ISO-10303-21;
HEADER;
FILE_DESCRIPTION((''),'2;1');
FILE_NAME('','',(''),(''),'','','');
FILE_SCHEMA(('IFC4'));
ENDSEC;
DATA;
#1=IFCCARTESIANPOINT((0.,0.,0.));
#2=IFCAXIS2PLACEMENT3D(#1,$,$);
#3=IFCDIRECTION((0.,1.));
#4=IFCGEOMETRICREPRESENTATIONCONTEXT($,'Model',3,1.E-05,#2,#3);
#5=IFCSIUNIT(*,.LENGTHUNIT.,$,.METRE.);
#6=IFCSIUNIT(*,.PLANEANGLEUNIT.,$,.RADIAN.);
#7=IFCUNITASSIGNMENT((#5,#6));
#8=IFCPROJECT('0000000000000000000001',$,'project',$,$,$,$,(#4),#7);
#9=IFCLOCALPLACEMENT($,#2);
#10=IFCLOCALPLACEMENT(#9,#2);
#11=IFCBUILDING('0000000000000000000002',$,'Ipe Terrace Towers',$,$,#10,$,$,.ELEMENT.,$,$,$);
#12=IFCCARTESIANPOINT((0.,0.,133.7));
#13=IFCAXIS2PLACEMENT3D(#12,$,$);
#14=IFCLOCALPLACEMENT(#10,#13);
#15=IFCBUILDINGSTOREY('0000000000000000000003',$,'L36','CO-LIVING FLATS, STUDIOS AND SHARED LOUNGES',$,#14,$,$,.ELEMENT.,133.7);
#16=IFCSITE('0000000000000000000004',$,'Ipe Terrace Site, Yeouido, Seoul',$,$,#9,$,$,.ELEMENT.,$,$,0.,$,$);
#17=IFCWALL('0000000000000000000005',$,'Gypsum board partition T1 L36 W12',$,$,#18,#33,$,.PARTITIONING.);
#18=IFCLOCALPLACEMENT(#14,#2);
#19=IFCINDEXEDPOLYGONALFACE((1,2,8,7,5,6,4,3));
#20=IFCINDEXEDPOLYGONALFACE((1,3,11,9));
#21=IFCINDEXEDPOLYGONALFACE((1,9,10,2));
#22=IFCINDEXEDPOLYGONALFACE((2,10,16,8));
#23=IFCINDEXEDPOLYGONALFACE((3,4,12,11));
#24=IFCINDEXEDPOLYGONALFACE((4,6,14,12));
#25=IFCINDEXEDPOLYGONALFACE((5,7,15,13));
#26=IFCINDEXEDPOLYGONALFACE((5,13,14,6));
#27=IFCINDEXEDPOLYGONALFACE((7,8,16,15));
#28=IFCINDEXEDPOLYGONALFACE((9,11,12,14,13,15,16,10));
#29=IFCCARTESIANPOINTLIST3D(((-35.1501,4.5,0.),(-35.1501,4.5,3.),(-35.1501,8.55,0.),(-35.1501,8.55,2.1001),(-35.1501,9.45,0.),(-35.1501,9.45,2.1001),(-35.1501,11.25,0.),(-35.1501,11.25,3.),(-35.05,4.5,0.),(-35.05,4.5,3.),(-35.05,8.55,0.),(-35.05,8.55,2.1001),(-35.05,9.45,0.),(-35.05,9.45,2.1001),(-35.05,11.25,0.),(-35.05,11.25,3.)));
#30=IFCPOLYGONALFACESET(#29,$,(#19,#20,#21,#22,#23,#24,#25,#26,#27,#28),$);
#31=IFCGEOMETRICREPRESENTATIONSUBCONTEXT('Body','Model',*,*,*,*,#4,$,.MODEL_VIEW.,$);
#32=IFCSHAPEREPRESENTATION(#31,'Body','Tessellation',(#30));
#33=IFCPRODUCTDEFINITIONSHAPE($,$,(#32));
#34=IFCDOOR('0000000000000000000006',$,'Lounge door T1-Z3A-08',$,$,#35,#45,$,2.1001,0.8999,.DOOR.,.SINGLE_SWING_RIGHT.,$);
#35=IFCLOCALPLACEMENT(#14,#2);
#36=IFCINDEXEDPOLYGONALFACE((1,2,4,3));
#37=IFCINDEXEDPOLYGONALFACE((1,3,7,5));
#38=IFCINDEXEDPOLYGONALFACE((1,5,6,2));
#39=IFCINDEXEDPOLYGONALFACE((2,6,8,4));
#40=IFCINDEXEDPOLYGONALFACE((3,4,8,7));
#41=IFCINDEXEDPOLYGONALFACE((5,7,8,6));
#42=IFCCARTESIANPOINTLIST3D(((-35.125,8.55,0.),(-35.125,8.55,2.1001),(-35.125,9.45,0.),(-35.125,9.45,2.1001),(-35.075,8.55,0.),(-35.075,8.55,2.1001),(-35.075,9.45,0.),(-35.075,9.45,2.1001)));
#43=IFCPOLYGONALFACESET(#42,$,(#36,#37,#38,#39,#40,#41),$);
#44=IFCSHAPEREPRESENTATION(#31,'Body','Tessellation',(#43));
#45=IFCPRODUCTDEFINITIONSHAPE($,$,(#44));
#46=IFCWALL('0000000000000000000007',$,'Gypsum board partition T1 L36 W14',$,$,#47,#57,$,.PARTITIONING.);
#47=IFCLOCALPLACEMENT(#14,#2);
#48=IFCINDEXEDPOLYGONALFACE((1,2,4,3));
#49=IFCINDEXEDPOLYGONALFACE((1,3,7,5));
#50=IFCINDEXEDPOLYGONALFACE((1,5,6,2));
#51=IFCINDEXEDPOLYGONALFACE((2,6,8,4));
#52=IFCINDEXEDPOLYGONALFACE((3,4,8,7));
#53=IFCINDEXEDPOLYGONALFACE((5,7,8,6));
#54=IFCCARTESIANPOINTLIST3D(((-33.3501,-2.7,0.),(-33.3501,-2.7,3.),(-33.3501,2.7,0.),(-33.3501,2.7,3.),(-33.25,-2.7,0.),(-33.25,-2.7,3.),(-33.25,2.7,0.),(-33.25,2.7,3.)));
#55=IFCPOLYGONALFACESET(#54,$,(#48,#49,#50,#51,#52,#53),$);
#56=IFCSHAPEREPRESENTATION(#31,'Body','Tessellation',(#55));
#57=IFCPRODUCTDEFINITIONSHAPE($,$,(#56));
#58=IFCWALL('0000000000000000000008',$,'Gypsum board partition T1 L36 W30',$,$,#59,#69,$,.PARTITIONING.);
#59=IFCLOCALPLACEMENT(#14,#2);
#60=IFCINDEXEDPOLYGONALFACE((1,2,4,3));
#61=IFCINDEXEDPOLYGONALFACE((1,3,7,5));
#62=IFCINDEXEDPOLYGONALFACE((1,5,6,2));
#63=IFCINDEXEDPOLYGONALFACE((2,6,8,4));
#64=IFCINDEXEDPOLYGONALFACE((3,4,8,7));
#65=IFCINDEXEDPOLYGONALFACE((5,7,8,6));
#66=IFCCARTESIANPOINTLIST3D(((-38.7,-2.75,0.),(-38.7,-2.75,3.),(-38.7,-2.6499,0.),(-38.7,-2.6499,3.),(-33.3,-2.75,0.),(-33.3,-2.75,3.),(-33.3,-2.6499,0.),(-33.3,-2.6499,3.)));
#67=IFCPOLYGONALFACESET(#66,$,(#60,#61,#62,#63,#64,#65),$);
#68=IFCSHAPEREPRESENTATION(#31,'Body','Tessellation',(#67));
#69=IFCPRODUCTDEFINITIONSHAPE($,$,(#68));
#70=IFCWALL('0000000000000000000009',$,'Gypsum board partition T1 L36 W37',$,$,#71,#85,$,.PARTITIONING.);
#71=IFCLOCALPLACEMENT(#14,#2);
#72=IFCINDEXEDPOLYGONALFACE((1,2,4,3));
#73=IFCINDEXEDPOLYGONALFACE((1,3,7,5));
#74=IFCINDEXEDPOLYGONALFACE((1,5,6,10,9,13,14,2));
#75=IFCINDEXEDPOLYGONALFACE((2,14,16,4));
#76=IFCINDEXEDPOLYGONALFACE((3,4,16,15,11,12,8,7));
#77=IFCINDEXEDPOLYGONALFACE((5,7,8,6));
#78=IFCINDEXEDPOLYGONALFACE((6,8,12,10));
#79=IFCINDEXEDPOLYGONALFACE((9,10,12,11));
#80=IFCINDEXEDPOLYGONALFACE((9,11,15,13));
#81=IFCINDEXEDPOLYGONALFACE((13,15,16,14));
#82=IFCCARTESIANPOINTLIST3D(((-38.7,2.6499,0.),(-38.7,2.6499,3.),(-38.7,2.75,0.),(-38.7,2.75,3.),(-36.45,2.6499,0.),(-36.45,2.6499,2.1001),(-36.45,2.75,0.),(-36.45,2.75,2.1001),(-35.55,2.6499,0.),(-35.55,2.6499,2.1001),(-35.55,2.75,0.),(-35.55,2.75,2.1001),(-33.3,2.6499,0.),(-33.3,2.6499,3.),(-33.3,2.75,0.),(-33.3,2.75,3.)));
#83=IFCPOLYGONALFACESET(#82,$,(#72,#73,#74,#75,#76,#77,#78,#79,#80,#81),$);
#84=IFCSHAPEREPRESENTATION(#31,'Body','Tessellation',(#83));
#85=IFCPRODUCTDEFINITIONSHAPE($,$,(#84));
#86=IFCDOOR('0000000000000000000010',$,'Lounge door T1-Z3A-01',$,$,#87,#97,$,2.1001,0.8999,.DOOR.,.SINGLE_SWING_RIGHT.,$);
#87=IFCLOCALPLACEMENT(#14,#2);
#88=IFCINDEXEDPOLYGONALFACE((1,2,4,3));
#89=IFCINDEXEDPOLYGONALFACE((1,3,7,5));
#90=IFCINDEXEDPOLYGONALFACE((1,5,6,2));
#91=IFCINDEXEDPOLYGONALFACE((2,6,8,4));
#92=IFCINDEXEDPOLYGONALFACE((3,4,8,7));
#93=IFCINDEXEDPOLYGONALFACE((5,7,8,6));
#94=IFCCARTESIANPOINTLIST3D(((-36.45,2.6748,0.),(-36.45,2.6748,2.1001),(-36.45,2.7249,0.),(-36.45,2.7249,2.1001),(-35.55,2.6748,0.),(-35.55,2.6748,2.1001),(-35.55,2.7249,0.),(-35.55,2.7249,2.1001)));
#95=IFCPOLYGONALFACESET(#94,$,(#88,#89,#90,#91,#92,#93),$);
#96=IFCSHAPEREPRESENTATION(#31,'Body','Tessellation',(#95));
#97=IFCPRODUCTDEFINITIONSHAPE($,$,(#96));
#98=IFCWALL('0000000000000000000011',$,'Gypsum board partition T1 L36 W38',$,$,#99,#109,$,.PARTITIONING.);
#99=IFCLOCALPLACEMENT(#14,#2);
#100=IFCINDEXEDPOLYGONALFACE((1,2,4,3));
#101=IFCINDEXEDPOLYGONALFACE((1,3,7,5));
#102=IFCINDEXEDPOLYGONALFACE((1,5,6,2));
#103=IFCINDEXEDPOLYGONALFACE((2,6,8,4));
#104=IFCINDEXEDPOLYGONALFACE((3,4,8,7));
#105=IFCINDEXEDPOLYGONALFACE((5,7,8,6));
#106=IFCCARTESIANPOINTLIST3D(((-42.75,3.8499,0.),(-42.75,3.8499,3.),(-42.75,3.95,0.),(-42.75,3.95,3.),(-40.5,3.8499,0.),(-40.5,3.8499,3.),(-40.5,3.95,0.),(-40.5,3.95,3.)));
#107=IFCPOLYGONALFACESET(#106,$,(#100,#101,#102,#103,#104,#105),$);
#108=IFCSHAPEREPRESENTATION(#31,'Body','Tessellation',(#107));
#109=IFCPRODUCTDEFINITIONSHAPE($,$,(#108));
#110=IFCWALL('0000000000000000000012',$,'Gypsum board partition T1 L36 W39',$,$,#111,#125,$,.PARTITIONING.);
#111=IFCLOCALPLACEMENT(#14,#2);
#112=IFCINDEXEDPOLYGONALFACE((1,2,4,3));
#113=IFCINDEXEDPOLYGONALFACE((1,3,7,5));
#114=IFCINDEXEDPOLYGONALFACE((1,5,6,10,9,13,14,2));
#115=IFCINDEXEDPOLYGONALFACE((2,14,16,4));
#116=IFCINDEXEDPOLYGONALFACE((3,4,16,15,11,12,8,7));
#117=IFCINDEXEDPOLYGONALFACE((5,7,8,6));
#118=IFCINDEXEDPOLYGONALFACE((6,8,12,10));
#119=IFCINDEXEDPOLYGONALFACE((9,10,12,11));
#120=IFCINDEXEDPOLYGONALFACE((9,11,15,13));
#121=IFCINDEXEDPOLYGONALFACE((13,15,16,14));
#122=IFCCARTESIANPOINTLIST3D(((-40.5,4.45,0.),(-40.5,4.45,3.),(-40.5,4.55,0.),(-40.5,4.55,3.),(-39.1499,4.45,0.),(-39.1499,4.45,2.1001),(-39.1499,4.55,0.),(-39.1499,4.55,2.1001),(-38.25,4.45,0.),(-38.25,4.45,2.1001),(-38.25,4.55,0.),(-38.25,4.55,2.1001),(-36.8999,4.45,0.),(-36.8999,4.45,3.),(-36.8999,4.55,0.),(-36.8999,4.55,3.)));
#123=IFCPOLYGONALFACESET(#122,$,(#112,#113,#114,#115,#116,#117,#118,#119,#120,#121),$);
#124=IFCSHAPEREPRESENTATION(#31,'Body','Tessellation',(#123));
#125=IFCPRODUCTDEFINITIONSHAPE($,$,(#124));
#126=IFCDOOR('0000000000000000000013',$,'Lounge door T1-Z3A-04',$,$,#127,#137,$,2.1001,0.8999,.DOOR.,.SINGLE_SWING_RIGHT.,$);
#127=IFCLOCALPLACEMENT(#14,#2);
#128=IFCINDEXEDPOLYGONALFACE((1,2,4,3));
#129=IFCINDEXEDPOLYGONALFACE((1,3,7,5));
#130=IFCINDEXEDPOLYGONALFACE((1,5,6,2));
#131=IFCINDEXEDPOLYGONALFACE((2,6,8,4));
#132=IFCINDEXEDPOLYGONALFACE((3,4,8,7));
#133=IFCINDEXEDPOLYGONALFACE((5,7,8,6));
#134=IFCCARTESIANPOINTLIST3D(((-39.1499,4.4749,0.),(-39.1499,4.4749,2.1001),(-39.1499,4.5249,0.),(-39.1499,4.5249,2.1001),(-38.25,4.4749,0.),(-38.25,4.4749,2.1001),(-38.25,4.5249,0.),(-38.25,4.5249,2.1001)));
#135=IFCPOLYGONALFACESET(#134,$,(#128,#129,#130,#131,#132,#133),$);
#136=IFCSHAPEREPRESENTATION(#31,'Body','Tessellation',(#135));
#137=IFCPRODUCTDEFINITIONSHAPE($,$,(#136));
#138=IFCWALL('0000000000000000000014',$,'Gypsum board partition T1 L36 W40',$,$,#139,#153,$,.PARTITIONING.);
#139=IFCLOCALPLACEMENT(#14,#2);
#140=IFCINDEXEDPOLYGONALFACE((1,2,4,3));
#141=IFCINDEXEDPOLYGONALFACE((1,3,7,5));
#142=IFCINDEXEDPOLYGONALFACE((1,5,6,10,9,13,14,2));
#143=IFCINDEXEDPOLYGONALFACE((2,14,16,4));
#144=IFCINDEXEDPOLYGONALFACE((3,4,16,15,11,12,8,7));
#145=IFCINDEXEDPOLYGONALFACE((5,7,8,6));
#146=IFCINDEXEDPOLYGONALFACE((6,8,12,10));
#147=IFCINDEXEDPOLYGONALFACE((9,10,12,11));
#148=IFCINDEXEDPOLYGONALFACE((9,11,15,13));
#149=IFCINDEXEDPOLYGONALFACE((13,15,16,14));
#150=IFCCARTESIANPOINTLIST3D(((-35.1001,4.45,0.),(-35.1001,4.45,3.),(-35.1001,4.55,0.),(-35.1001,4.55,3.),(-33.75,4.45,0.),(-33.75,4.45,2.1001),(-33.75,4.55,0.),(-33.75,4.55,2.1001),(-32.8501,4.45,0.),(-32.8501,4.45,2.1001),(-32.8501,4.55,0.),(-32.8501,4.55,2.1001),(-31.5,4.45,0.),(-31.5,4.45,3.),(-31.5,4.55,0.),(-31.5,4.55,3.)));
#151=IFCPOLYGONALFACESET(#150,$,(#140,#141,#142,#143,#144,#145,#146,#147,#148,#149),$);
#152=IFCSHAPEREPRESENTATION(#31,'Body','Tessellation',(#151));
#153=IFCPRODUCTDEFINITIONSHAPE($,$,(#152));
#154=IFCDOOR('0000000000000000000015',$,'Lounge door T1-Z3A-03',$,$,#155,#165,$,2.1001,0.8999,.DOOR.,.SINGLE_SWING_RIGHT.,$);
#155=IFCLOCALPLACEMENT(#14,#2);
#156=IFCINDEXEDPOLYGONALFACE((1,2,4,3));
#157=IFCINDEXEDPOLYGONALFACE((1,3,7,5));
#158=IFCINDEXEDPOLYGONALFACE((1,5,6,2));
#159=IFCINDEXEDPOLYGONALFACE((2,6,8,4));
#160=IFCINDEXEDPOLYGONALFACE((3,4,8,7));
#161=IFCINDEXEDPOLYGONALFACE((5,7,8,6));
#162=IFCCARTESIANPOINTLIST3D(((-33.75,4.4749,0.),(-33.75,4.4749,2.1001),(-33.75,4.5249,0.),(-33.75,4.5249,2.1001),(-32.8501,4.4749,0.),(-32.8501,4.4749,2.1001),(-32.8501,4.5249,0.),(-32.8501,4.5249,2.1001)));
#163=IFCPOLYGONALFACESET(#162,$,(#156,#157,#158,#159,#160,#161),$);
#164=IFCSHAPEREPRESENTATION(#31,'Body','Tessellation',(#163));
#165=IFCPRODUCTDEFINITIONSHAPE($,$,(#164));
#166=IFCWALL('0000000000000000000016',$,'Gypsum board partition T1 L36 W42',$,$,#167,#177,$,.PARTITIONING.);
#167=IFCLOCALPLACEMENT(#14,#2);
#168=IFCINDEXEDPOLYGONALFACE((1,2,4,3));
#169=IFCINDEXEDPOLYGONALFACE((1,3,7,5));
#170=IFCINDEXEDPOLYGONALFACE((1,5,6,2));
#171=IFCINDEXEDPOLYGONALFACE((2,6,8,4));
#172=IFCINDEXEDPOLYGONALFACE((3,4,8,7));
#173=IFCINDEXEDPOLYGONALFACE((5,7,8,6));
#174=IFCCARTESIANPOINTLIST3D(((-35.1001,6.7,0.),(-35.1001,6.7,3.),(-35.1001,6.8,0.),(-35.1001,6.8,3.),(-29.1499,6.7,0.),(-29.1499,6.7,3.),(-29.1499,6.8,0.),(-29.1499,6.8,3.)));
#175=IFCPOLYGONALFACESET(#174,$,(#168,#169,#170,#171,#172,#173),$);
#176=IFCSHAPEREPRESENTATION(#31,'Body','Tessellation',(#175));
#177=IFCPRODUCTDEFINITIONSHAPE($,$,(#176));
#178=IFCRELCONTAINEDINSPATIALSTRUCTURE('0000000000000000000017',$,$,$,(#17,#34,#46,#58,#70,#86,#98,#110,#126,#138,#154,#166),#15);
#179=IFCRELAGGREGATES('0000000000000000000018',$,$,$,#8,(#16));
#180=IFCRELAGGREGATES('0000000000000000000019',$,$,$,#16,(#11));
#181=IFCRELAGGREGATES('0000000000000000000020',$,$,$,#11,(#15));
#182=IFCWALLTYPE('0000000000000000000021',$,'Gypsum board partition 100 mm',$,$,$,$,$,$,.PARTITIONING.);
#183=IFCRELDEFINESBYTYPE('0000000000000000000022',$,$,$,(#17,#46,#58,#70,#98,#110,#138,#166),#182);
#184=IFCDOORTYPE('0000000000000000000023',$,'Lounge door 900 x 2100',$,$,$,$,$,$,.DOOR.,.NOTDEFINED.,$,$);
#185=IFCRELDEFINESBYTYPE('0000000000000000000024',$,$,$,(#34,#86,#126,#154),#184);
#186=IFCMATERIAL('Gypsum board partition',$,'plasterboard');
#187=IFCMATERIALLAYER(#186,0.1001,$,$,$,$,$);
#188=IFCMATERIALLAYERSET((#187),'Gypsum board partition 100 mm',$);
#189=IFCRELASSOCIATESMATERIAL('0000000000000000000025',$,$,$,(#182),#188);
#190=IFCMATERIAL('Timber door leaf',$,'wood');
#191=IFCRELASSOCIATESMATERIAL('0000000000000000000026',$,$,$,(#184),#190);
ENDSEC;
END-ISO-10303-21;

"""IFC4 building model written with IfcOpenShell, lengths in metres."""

from ifc_helpers import new_model, si_unit, direction, frame, frame_2d, origin, place, context, subcontext, project, spatial, rectangle, extrude, material, layer, layer_set, type_object, element, fill, save


model = new_model("IFC4")

# Units and contexts
model_context = context("Model", 3, precision=1e-05, world=origin(), true_north=direction((0.0, 1.0)))
body_context = subcontext(model_context, "Body", "Model", "MODEL_VIEW")
ifc_project = project(units=[si_unit("LENGTHUNIT", "METRE"), si_unit("PLANEANGLEUNIT", "RADIAN")], contexts=[model_context])

# Site, building, storey
site_placement = place(None, origin())
site = spatial("IfcSite", under=ifc_project, at=site_placement, Name="Ipe Terrace Site, Yeouido, Seoul", CompositionType="ELEMENT", RefElevation=0.0)
building_placement = place(site_placement, origin())
building = spatial("IfcBuilding", under=site, at=building_placement, Name="Ipe Terrace Towers", CompositionType="ELEMENT")
storey_placement = place(building_placement, frame((0.0, 0.0, 133.7)))
storey = spatial("IfcBuildingStorey", under=building, at=storey_placement, Name="L36", Description="CO-LIVING FLATS, STUDIOS AND SHARED LOUNGES", CompositionType="ELEMENT", Elevation=133.7)

# Shared definitions
ifc_material_1 = material(Name="Gypsum board partition", Category="plasterboard")
ifc_layer_1 = layer(ifc_material_1, 0.1001)
ifc_layer_set_1 = layer_set([ifc_layer_1], Name="Gypsum board partition 100 mm")
wall_type_1 = type_object("IfcWallType", Name="Gypsum board partition 100 mm", PredefinedType="PARTITIONING", material=ifc_layer_set_1)

# Wall, opening, door
ifc_material_2 = material(Name="Timber door leaf", Category="wood")
door_type = type_object("IfcDoorType", Name="Lounge door 900 x 2100", OperationType="NOTDEFINED", PredefinedType="DOOR", material=ifc_material_2)
wall_1_placement = place(storey_placement, frame((-35.1001, 4.5, 0.0), z_axis=(0.0, 0.0, 1.0), x_axis=(0.0, 1.0, 0.0)))
wall_1 = element("IfcWall", 1, at=wall_1_placement, inside=storey, type_object=wall_type_1, Name="Gypsum board partition T1 L36 W12", PredefinedType="PARTITIONING", context=body_context, shape_type="SweptSolid", body=[
    extrude(rectangle(XDim=6.75, YDim=0.1001, at=frame_2d((3.375, 0.0))), origin(), (0.0, 0.0, 1.0), 3.0),
])
opening_1_placement = place(wall_1_placement, frame((4.05, 0.0, 0.0)))
opening_1 = element("IfcOpeningElement", 2, at=opening_1_placement, cuts=wall_1, PredefinedType="OPENING", context=body_context, shape_type="SweptSolid", body=[
    extrude(rectangle(XDim=0.8999, YDim=2.1001, at=frame_2d((0.45, 1.05))), frame((0.0, 0.0601, 0.0), z_axis=(0.0, -1.0, 0.0), x_axis=(1.0, 0.0, 0.0)), (0.0, 0.0, 1.0), 0.1201),
])
door_1_placement = place(opening_1_placement, origin())
door_1 = element("IfcDoor", 3, at=door_1_placement, inside=storey, type_object=door_type, Name="Lounge door T1-Z3A-08", OperationType="SINGLE_SWING_RIGHT", OverallHeight=2.1001, OverallWidth=0.8999, PredefinedType="DOOR", context=body_context, shape_type="SweptSolid", body=[
    extrude(rectangle(XDim=0.8999, YDim=2.1001, at=frame_2d((0.45, 1.05))), frame((0.0, 0.0249, 0.0), z_axis=(0.0, -1.0, 0.0), x_axis=(1.0, 0.0, 0.0)), (0.0, 0.0, 1.0), 0.05),
])
fill(opening_1, door_1)

# Walls
for number, where, z_axis, x_axis, name in (
    (4, (-33.3, -2.7, 0.0), (0.0, 0.0, 1.0), (0.0, 1.0, 0.0), "Gypsum board partition T1 L36 W14"),
    (5, (-38.7, -2.7, 0.0), (0.0, 0.0, 1.0), (1.0, 0.0, 0.0), "Gypsum board partition T1 L36 W30"),
):
    element("IfcWall", number, at=place(storey_placement, frame(where, z_axis=z_axis, x_axis=x_axis)), inside=storey, type_object=wall_type_1, Name=name, PredefinedType="PARTITIONING", context=body_context, shape_type="SweptSolid", body=[
        extrude(rectangle(XDim=5.3999, YDim=0.1001, at=frame_2d((2.7, 0.0))), origin(), (0.0, 0.0, 1.0), 3.0),
    ])

# Wall, opening, door
wall_2_placement = place(storey_placement, frame((-38.7, 2.7, 0.0), z_axis=(0.0, 0.0, 1.0), x_axis=(1.0, 0.0, 0.0)))
wall_2 = element("IfcWall", 6, at=wall_2_placement, inside=storey, type_object=wall_type_1, Name="Gypsum board partition T1 L36 W37", PredefinedType="PARTITIONING", context=body_context, shape_type="SweptSolid", body=[
    extrude(rectangle(XDim=5.3999, YDim=0.1001, at=frame_2d((2.7, 0.0))), origin(), (0.0, 0.0, 1.0), 3.0),
])
opening_2_placement = place(wall_2_placement, frame((2.25, 0.0, 0.0)))
opening_2 = element("IfcOpeningElement", 7, at=opening_2_placement, cuts=wall_2, PredefinedType="OPENING", context=body_context, shape_type="SweptSolid", body=[
    extrude(rectangle(XDim=0.8999, YDim=2.1001, at=frame_2d((0.45, 1.05))), frame((0.0, 0.0601, 0.0), z_axis=(0.0, -1.0, 0.0), x_axis=(1.0, 0.0, 0.0)), (0.0, 0.0, 1.0), 0.1201),
])
door_2_placement = place(opening_2_placement, origin())
door_2 = element("IfcDoor", 8, at=door_2_placement, inside=storey, type_object=door_type, Name="Lounge door T1-Z3A-01", OperationType="SINGLE_SWING_RIGHT", OverallHeight=2.1001, OverallWidth=0.8999, PredefinedType="DOOR", context=body_context, shape_type="SweptSolid", body=[
    extrude(rectangle(XDim=0.8999, YDim=2.1001, at=frame_2d((0.45, 1.05))), frame((0.0, 0.0249, 0.0), z_axis=(0.0, -1.0, 0.0), x_axis=(1.0, 0.0, 0.0)), (0.0, 0.0, 1.0), 0.05),
])
fill(opening_2, door_2)

# Wall
wall_3_placement = place(storey_placement, frame((-42.75, 3.8999, 0.0), z_axis=(0.0, 0.0, 1.0), x_axis=(1.0, 0.0, 0.0)))
element("IfcWall", 9, at=wall_3_placement, inside=storey, type_object=wall_type_1, Name="Gypsum board partition T1 L36 W38", PredefinedType="PARTITIONING", context=body_context, shape_type="SweptSolid", body=[
    extrude(rectangle(XDim=2.25, YDim=0.1001, at=frame_2d((1.125, 0.0))), origin(), (0.0, 0.0, 1.0), 3.0),
])

# Walls, openings, doors
wall_4_placement = place(storey_placement, frame((-40.5, 4.5, 0.0), z_axis=(0.0, 0.0, 1.0), x_axis=(1.0, 0.0, 0.0)))
wall_4 = element("IfcWall", 10, at=wall_4_placement, inside=storey, type_object=wall_type_1, Name="Gypsum board partition T1 L36 W39", PredefinedType="PARTITIONING", context=body_context, shape_type="SweptSolid", body=[
    extrude(rectangle(XDim=3.6001, YDim=0.1001, at=frame_2d((1.8, 0.0))), origin(), (0.0, 0.0, 1.0), 3.0),
])
opening_3_placement = place(wall_4_placement, frame((1.3501, 0.0, 0.0)))
opening_3 = element("IfcOpeningElement", 11, at=opening_3_placement, cuts=wall_4, PredefinedType="OPENING", context=body_context, shape_type="SweptSolid", body=[
    extrude(rectangle(XDim=0.8999, YDim=2.1001, at=frame_2d((0.45, 1.05))), frame((0.0, 0.0601, 0.0), z_axis=(0.0, -1.0, 0.0), x_axis=(1.0, 0.0, 0.0)), (0.0, 0.0, 1.0), 0.1201),
])
door_3_placement = place(opening_3_placement, origin())
door_3 = element("IfcDoor", 12, at=door_3_placement, inside=storey, type_object=door_type, Name="Lounge door T1-Z3A-04", OperationType="SINGLE_SWING_RIGHT", OverallHeight=2.1001, OverallWidth=0.8999, PredefinedType="DOOR", context=body_context, shape_type="SweptSolid", body=[
    extrude(rectangle(XDim=0.8999, YDim=2.1001, at=frame_2d((0.45, 1.05))), frame((0.0, 0.0249, 0.0), z_axis=(0.0, -1.0, 0.0), x_axis=(1.0, 0.0, 0.0)), (0.0, 0.0, 1.0), 0.05),
])
fill(opening_3, door_3)
wall_5_placement = place(storey_placement, frame((-35.1001, 4.5, 0.0), z_axis=(0.0, 0.0, 1.0), x_axis=(1.0, 0.0, 0.0)))
wall_5 = element("IfcWall", 13, at=wall_5_placement, inside=storey, type_object=wall_type_1, Name="Gypsum board partition T1 L36 W40", PredefinedType="PARTITIONING", context=body_context, shape_type="SweptSolid", body=[
    extrude(rectangle(XDim=3.6001, YDim=0.1001, at=frame_2d((1.8, 0.0))), origin(), (0.0, 0.0, 1.0), 3.0),
])
opening_4_placement = place(wall_5_placement, frame((1.3501, 0.0, 0.0)))
opening_4 = element("IfcOpeningElement", 14, at=opening_4_placement, cuts=wall_5, PredefinedType="OPENING", context=body_context, shape_type="SweptSolid", body=[
    extrude(rectangle(XDim=0.8999, YDim=2.1001, at=frame_2d((0.45, 1.05))), frame((0.0, 0.0601, 0.0), z_axis=(0.0, -1.0, 0.0), x_axis=(1.0, 0.0, 0.0)), (0.0, 0.0, 1.0), 0.1201),
])
door_4_placement = place(opening_4_placement, origin())
door_4 = element("IfcDoor", 15, at=door_4_placement, inside=storey, type_object=door_type, Name="Lounge door T1-Z3A-03", OperationType="SINGLE_SWING_RIGHT", OverallHeight=2.1001, OverallWidth=0.8999, PredefinedType="DOOR", context=body_context, shape_type="SweptSolid", body=[
    extrude(rectangle(XDim=0.8999, YDim=2.1001, at=frame_2d((0.45, 1.05))), frame((0.0, 0.0249, 0.0), z_axis=(0.0, -1.0, 0.0), x_axis=(1.0, 0.0, 0.0)), (0.0, 0.0, 1.0), 0.05),
])
fill(opening_4, door_4)

# Wall
wall_6_placement = place(storey_placement, frame((-35.1001, 6.75, 0.0), z_axis=(0.0, 0.0, 1.0), x_axis=(1.0, 0.0, 0.0)))
element("IfcWall", 16, at=wall_6_placement, inside=storey, type_object=wall_type_1, Name="Gypsum board partition T1 L36 W42", PredefinedType="PARTITIONING", context=body_context, shape_type="SweptSolid", body=[
    extrude(rectangle(XDim=5.9502, YDim=0.1001, at=frame_2d((2.9751, 0.0))), origin(), (0.0, 0.0, 1.0), 3.0),
])

save(model, "model.ifc")
